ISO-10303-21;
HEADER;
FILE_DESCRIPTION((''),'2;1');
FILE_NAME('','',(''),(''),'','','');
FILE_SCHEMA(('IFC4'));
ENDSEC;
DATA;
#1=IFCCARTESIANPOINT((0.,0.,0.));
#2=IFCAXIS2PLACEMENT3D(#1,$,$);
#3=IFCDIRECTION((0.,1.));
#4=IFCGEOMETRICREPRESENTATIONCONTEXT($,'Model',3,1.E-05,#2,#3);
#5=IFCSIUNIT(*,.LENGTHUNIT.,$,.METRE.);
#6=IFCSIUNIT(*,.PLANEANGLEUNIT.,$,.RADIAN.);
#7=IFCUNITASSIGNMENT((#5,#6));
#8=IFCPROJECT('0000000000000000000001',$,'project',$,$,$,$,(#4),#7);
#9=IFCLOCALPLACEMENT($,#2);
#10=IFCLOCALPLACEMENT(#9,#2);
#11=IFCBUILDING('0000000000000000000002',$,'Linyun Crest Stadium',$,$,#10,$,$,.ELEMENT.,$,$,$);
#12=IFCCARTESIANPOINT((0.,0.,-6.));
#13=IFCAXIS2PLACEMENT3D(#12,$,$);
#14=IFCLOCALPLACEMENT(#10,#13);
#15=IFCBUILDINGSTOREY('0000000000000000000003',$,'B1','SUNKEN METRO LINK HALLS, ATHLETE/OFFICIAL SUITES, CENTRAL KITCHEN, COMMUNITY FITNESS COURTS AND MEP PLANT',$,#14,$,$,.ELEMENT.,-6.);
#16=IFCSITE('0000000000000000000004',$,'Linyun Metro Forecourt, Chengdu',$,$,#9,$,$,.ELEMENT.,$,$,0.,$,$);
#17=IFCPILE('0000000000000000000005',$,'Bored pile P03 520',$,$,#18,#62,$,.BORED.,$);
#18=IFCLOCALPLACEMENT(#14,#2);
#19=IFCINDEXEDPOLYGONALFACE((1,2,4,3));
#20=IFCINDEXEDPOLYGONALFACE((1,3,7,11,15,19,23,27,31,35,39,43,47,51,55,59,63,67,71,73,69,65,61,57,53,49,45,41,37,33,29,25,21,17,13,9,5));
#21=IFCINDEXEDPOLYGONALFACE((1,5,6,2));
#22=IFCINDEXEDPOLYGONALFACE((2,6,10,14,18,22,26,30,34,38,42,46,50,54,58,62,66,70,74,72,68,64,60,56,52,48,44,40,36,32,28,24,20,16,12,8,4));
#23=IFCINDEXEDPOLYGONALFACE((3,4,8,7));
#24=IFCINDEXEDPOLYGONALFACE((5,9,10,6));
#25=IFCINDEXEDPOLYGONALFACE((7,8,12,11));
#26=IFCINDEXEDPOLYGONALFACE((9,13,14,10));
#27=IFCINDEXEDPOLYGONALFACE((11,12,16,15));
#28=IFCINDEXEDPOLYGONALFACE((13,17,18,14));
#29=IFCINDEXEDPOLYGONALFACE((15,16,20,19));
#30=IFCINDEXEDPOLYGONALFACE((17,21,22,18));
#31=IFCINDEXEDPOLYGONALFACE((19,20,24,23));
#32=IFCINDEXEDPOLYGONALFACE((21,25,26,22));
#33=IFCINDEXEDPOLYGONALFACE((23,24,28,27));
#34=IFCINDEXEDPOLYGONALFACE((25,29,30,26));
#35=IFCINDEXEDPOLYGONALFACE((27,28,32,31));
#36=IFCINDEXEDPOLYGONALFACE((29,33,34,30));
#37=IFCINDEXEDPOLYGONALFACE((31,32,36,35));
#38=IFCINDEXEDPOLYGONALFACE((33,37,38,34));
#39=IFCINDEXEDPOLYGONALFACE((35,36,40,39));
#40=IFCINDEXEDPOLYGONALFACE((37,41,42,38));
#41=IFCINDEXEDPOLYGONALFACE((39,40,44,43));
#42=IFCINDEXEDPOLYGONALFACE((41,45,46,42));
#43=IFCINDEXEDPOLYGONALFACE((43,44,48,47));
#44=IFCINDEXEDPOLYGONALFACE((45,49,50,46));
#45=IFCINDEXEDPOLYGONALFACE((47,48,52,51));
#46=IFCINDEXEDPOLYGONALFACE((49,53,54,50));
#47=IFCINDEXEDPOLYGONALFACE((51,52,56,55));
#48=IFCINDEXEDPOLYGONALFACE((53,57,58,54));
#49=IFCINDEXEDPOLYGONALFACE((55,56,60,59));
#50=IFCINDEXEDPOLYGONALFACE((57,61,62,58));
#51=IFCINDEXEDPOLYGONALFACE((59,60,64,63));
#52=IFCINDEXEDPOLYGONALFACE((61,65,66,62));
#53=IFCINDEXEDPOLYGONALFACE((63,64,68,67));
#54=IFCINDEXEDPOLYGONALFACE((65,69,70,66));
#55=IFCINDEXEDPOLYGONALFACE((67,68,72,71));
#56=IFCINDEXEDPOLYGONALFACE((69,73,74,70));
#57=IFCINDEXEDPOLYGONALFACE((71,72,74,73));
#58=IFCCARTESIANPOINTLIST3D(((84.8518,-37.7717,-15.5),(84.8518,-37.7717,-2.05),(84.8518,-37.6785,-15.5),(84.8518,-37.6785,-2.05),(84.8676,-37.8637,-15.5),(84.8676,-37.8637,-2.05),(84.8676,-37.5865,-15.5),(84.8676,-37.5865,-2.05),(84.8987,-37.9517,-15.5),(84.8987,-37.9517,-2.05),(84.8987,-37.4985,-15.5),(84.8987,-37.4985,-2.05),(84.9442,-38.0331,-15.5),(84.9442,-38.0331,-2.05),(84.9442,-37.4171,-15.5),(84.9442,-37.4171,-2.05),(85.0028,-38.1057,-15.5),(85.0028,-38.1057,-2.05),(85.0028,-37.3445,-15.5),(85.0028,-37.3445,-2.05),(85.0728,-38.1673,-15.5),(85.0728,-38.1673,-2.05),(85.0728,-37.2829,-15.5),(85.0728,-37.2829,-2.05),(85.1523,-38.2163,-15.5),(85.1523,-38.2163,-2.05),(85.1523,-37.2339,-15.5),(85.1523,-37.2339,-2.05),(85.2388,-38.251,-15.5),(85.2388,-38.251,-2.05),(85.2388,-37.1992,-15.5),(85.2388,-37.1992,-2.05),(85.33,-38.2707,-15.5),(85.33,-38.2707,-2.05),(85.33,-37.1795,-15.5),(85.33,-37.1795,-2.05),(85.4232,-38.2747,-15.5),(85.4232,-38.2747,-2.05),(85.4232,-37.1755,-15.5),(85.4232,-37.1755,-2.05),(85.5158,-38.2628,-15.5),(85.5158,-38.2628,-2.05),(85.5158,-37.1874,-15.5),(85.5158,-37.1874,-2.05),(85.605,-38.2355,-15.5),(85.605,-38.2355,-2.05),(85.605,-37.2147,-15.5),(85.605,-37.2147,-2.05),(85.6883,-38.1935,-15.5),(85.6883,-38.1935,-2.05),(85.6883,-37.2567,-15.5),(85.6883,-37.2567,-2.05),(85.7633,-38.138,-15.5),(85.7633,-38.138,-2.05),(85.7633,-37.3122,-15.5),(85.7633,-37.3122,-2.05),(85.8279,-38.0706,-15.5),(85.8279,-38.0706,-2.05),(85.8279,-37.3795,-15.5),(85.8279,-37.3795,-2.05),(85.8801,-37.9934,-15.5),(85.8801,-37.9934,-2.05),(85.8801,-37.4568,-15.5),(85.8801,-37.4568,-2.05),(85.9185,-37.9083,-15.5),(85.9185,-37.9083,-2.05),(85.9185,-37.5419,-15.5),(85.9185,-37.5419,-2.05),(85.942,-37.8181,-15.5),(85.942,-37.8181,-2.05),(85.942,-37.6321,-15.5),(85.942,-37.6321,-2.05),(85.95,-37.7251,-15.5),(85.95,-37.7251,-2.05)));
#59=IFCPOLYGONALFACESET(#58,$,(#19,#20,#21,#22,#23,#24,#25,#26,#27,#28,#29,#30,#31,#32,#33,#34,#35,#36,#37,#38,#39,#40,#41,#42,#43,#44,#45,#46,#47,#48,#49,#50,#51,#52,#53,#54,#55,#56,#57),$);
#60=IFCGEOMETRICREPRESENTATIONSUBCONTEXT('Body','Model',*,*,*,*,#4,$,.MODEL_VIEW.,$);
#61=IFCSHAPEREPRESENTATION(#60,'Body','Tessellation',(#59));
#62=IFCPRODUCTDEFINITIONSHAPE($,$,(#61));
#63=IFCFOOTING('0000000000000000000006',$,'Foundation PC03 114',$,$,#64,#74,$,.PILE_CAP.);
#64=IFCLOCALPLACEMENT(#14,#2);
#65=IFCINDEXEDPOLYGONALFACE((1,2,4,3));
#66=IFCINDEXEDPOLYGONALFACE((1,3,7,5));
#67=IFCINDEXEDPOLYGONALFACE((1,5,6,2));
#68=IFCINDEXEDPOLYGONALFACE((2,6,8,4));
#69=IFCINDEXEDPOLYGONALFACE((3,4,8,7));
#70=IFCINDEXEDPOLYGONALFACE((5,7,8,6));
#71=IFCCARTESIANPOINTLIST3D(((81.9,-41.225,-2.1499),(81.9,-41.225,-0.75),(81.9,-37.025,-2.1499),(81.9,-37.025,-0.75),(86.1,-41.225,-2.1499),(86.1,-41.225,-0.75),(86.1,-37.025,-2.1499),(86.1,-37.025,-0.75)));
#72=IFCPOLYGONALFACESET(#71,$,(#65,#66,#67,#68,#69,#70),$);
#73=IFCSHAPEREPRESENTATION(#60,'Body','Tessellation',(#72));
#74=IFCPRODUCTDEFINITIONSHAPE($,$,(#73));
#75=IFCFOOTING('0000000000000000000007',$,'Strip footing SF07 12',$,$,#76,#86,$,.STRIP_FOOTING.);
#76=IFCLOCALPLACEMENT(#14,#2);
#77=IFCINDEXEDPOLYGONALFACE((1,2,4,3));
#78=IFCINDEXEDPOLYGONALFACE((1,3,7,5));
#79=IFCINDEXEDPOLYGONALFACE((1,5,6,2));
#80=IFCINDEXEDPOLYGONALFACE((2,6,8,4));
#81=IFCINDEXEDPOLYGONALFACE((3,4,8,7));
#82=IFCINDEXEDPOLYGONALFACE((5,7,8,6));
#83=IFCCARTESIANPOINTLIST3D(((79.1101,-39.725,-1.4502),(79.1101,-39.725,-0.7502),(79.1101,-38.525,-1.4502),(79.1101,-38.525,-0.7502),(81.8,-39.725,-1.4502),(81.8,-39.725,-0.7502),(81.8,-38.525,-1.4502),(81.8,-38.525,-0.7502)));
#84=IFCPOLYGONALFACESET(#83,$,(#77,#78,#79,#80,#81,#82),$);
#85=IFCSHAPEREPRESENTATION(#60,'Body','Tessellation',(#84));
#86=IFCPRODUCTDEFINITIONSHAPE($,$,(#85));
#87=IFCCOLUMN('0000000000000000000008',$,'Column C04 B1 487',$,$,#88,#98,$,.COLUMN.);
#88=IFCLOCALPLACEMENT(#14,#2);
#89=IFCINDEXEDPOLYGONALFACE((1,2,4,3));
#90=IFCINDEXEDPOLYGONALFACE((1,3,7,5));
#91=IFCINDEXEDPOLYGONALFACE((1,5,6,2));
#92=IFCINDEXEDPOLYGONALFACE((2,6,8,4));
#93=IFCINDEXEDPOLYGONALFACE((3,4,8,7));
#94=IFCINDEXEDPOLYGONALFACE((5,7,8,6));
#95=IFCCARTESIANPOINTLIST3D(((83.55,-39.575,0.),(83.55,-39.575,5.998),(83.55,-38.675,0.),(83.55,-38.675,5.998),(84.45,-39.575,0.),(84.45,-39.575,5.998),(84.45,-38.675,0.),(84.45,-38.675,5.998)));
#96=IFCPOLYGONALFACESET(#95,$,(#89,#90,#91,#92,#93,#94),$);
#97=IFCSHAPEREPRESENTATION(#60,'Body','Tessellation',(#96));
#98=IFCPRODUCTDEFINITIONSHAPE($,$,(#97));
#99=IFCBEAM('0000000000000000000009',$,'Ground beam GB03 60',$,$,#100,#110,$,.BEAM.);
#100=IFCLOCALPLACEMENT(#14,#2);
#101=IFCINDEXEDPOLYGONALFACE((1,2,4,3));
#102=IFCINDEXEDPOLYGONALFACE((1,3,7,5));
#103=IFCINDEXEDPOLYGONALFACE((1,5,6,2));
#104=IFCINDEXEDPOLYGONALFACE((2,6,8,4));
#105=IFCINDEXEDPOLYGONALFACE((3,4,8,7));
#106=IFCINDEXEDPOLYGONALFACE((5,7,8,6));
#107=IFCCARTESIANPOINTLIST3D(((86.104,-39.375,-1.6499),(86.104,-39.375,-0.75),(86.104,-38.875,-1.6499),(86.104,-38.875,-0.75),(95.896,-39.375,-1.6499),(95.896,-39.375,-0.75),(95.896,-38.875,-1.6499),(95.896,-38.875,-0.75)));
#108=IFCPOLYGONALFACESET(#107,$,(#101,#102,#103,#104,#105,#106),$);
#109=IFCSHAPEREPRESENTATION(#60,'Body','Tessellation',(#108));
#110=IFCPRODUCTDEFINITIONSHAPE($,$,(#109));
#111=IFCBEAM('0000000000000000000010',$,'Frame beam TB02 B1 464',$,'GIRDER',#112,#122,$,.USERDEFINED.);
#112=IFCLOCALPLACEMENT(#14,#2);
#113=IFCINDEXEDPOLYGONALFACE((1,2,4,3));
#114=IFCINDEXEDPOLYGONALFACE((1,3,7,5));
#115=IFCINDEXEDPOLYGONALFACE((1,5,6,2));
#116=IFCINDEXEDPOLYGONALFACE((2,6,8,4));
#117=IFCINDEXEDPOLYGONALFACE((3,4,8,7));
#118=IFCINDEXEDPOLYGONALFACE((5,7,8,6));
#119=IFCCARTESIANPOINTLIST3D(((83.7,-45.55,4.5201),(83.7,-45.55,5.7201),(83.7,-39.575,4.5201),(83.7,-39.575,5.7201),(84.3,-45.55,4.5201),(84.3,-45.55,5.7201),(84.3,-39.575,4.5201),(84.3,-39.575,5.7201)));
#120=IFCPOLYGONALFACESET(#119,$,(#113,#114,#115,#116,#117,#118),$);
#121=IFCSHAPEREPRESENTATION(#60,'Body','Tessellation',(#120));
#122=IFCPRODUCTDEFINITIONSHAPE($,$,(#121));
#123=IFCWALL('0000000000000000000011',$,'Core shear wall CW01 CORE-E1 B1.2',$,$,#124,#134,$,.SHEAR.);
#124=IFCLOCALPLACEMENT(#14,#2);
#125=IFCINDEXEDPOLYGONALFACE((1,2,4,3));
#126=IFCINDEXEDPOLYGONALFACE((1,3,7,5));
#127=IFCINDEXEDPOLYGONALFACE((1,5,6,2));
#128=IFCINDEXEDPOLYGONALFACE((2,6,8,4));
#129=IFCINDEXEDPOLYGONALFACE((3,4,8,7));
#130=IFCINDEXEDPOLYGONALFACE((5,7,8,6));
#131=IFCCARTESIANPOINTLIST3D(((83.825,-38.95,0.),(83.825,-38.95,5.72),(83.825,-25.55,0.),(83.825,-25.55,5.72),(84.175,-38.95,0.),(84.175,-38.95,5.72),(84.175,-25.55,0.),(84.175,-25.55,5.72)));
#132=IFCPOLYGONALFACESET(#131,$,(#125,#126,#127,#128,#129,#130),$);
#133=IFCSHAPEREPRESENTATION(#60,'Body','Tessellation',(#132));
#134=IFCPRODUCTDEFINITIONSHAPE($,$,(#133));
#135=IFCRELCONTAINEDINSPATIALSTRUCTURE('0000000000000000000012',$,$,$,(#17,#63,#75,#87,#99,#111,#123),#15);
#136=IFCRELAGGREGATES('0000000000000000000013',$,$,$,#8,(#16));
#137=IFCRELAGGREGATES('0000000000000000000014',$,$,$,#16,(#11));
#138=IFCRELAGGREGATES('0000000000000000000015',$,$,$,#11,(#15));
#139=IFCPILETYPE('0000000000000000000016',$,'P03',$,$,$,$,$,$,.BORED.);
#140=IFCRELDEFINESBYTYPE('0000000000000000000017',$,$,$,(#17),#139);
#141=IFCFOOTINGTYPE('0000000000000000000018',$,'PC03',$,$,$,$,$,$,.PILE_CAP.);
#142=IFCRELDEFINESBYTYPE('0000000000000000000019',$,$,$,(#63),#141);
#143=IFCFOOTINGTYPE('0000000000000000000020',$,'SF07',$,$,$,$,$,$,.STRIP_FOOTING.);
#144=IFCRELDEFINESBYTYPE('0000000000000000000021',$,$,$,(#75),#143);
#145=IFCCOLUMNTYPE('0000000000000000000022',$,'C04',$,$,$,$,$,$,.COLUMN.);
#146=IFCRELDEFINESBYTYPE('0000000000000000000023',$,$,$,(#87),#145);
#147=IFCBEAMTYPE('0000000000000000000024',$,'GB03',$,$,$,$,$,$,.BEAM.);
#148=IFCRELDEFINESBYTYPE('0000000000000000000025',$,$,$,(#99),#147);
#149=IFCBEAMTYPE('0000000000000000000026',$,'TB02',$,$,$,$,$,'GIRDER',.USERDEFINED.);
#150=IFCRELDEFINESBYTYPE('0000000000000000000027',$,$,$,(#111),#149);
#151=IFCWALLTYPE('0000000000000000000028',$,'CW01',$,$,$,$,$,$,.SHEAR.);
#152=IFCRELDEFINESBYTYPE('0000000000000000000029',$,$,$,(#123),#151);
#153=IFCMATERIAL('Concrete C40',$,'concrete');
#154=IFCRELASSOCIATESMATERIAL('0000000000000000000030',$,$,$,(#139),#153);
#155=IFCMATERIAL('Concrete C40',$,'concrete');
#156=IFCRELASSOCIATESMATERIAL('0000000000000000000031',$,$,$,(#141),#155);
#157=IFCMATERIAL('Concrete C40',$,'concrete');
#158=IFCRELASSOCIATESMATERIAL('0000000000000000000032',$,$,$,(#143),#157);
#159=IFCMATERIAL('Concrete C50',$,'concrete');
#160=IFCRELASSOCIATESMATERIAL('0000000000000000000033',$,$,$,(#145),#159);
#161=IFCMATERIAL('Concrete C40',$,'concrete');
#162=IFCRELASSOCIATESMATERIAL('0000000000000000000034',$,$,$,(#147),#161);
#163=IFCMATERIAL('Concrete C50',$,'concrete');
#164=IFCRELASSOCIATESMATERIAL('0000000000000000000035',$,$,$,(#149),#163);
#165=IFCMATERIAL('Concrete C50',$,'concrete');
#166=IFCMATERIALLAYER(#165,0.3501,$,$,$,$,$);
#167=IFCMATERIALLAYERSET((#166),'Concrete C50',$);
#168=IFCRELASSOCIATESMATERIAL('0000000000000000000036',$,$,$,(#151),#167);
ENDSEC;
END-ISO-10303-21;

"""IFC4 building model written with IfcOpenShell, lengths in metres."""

from ifc_helpers import new_model, si_unit, direction, frame, frame_2d, origin, origin_2d, place, context, subcontext, project, spatial, rectangle, circle, extrude, material, layer, layer_set, material_profile, profile_set, type_object, element, save


model = new_model("IFC4")

# Units and contexts
model_context = context("Model", 3, precision=1e-05, world=origin(), true_north=direction((0.0, 1.0)))
body_context = subcontext(model_context, "Body", "Model", "MODEL_VIEW")
ifc_project = project(units=[si_unit("LENGTHUNIT", "METRE"), si_unit("PLANEANGLEUNIT", "RADIAN")], contexts=[model_context])

# Site, building, storey
site_placement = place(None, origin())
site = spatial("IfcSite", under=ifc_project, at=site_placement, Name="Linyun Metro Forecourt, Chengdu", CompositionType="ELEMENT", RefElevation=0.0)
building_placement = place(site_placement, origin())
building = spatial("IfcBuilding", under=site, at=building_placement, Name="Linyun Crest Stadium", CompositionType="ELEMENT")
storey_placement = place(building_placement, frame((0.0, 0.0, -6.0)))
storey = spatial("IfcBuildingStorey", under=building, at=storey_placement, Name="B1", Description="SUNKEN METRO LINK HALLS, ATHLETE/OFFICIAL SUITES, CENTRAL KITCHEN, COMMUNITY FITNESS COURTS AND MEP PLANT", CompositionType="ELEMENT", Elevation=-6.0)

# Pile
ifc_material_1 = material(Name="Concrete C40", Category="concrete")
ifc_material_profile_1 = material_profile(ifc_material_1, circle(Radius=0.55, at=origin_2d()), Name="BORED PILE 1100")
ifc_profile_set_1 = profile_set([ifc_material_profile_1], Name="Concrete C40")
pile_type = type_object("IfcPileType", Name="P03", PredefinedType="BORED", material=ifc_profile_set_1)
for number, where, z_axis, x_axis, name in (
    (1, (85.3999, -37.7251, -2.05), (0.0, 0.0, -1.0), (1.0, 0.0, 0.0), "Bored pile P03 520"),
):
    element("IfcPile", number, at=place(storey_placement, frame(where, z_axis=z_axis, x_axis=x_axis)), inside=storey, type_object=pile_type, Name=name, PredefinedType="BORED", context=body_context, shape_type="SweptSolid", body=[
        extrude(circle(Radius=0.55, at=origin_2d()), origin(), (0.0, 0.0, 1.0), 13.45),
    ])

# Footings
ifc_material_2 = material(Name="Concrete C40", Category="concrete")
footing_type_1 = type_object("IfcFootingType", Name="PC03", PredefinedType="PILE_CAP", material=ifc_material_2)
footing_1_placement = place(storey_placement, frame((84.0, -39.125, -2.1499), z_axis=(0.0, 0.0, 1.0), x_axis=(1.0, 0.0, 0.0)))
element("IfcFooting", 2, at=footing_1_placement, inside=storey, type_object=footing_type_1, Name="Foundation PC03 114", PredefinedType="PILE_CAP", context=body_context, shape_type="SweptSolid", body=[
    extrude(rectangle(XDim=4.2, YDim=4.2, at=origin_2d()), origin(), (0.0, 0.0, 1.0), 1.3999),
])
ifc_material_3 = material(Name="Concrete C40", Category="concrete")
footing_type_2 = type_object("IfcFootingType", Name="SF07", PredefinedType="STRIP_FOOTING", material=ifc_material_3)
footing_2_placement = place(storey_placement, frame((80.4551, -39.125, -1.4502), z_axis=(0.0, 0.0, 1.0), x_axis=(1.0, 0.0, 0.0)))
element("IfcFooting", 3, at=footing_2_placement, inside=storey, type_object=footing_type_2, Name="Strip footing SF07 12", PredefinedType="STRIP_FOOTING", context=body_context, shape_type="SweptSolid", body=[
    extrude(rectangle(XDim=2.6899, YDim=1.2, at=origin_2d()), origin(), (0.0, 0.0, 1.0), 0.7),
])

# Column
ifc_material_4 = material(Name="Concrete C50", Category="concrete")
ifc_material_profile_2 = material_profile(ifc_material_4, rectangle(XDim=0.8999, YDim=0.8999, at=origin_2d()), Name="RC 900x900")
ifc_profile_set_2 = profile_set([ifc_material_profile_2], Name="Concrete C50")
column_type = type_object("IfcColumnType", Name="C04", PredefinedType="COLUMN", material=ifc_profile_set_2)
column_placement = place(storey_placement, frame((84.0, -39.125, 0.0), z_axis=(0.0, 0.0, 1.0), x_axis=(1.0, 0.0, 0.0)))
element("IfcColumn", 4, at=column_placement, inside=storey, type_object=column_type, Name="Column C04 B1 487", PredefinedType="COLUMN", context=body_context, shape_type="SweptSolid", body=[
    extrude(rectangle(XDim=0.8999, YDim=0.8999, at=origin_2d()), origin(), (0.0, 0.0, 1.0), 5.998),
])

# Beams
ifc_material_5 = material(Name="Concrete C40", Category="concrete")
ifc_material_profile_3 = material_profile(ifc_material_5, rectangle(XDim=0.5, YDim=0.8999, at=origin_2d()), Name="RCB 900x500")
ifc_profile_set_3 = profile_set([ifc_material_profile_3], Name="Concrete C40")
beam_type_1 = type_object("IfcBeamType", Name="GB03", PredefinedType="BEAM", material=ifc_profile_set_3)
beam_1_placement = place(storey_placement, frame((86.104, -39.125, -1.2), z_axis=(1.0, 0.0, 0.0), x_axis=(0.0, 1.0, 0.0)))
element("IfcBeam", 5, at=beam_1_placement, inside=storey, type_object=beam_type_1, Name="Ground beam GB03 60", PredefinedType="BEAM", context=body_context, shape_type="SweptSolid", body=[
    extrude(rectangle(XDim=0.5, YDim=0.8999, at=origin_2d()), origin(), (0.0, 0.0, 1.0), 9.792),
])
ifc_material_6 = material(Name="Concrete C50", Category="concrete")
ifc_material_profile_4 = material_profile(ifc_material_6, rectangle(XDim=0.6001, YDim=1.2, at=origin_2d()), Name="RCB 1200x600")
ifc_profile_set_4 = profile_set([ifc_material_profile_4], Name="Concrete C50")
beam_type_2 = type_object("IfcBeamType", Name="TB02", ElementType="GIRDER", PredefinedType="USERDEFINED", material=ifc_profile_set_4)
beam_2_placement = place(storey_placement, frame((84.0, -45.55, 5.1201), z_axis=(0.0, 1.0, 0.0), x_axis=(-1.0, 0.0, 0.0)))
element("IfcBeam", 6, at=beam_2_placement, inside=storey, type_object=beam_type_2, Name="Frame beam TB02 B1 464", ObjectType="GIRDER", PredefinedType="USERDEFINED", context=body_context, shape_type="SweptSolid", body=[
    extrude(rectangle(XDim=0.6001, YDim=1.2, at=origin_2d()), origin(), (0.0, 0.0, 1.0), 5.9751),
])

# Wall
ifc_material_7 = material(Name="Concrete C50", Category="concrete")
ifc_layer_1 = layer(ifc_material_7, 0.3501)
ifc_layer_set_1 = layer_set([ifc_layer_1], Name="Concrete C50")
wall_type_1 = type_object("IfcWallType", Name="CW01", PredefinedType="SHEAR", material=ifc_layer_set_1)
wall_1_placement = place(storey_placement, frame((84.0, -38.95, 0.0), z_axis=(0.0, 0.0, 1.0), x_axis=(0.0, 1.0, 0.0)))
element("IfcWall", 7, at=wall_1_placement, inside=storey, type_object=wall_type_1, Name="Core shear wall CW01 CORE-E1 B1.2", PredefinedType="SHEAR", context=body_context, shape_type="SweptSolid", body=[
    extrude(rectangle(XDim=13.3999, YDim=0.3501, at=frame_2d((6.7, 0.0))), origin(), (0.0, 0.0, 1.0), 5.72),
])

save(model, "model.ifc")
